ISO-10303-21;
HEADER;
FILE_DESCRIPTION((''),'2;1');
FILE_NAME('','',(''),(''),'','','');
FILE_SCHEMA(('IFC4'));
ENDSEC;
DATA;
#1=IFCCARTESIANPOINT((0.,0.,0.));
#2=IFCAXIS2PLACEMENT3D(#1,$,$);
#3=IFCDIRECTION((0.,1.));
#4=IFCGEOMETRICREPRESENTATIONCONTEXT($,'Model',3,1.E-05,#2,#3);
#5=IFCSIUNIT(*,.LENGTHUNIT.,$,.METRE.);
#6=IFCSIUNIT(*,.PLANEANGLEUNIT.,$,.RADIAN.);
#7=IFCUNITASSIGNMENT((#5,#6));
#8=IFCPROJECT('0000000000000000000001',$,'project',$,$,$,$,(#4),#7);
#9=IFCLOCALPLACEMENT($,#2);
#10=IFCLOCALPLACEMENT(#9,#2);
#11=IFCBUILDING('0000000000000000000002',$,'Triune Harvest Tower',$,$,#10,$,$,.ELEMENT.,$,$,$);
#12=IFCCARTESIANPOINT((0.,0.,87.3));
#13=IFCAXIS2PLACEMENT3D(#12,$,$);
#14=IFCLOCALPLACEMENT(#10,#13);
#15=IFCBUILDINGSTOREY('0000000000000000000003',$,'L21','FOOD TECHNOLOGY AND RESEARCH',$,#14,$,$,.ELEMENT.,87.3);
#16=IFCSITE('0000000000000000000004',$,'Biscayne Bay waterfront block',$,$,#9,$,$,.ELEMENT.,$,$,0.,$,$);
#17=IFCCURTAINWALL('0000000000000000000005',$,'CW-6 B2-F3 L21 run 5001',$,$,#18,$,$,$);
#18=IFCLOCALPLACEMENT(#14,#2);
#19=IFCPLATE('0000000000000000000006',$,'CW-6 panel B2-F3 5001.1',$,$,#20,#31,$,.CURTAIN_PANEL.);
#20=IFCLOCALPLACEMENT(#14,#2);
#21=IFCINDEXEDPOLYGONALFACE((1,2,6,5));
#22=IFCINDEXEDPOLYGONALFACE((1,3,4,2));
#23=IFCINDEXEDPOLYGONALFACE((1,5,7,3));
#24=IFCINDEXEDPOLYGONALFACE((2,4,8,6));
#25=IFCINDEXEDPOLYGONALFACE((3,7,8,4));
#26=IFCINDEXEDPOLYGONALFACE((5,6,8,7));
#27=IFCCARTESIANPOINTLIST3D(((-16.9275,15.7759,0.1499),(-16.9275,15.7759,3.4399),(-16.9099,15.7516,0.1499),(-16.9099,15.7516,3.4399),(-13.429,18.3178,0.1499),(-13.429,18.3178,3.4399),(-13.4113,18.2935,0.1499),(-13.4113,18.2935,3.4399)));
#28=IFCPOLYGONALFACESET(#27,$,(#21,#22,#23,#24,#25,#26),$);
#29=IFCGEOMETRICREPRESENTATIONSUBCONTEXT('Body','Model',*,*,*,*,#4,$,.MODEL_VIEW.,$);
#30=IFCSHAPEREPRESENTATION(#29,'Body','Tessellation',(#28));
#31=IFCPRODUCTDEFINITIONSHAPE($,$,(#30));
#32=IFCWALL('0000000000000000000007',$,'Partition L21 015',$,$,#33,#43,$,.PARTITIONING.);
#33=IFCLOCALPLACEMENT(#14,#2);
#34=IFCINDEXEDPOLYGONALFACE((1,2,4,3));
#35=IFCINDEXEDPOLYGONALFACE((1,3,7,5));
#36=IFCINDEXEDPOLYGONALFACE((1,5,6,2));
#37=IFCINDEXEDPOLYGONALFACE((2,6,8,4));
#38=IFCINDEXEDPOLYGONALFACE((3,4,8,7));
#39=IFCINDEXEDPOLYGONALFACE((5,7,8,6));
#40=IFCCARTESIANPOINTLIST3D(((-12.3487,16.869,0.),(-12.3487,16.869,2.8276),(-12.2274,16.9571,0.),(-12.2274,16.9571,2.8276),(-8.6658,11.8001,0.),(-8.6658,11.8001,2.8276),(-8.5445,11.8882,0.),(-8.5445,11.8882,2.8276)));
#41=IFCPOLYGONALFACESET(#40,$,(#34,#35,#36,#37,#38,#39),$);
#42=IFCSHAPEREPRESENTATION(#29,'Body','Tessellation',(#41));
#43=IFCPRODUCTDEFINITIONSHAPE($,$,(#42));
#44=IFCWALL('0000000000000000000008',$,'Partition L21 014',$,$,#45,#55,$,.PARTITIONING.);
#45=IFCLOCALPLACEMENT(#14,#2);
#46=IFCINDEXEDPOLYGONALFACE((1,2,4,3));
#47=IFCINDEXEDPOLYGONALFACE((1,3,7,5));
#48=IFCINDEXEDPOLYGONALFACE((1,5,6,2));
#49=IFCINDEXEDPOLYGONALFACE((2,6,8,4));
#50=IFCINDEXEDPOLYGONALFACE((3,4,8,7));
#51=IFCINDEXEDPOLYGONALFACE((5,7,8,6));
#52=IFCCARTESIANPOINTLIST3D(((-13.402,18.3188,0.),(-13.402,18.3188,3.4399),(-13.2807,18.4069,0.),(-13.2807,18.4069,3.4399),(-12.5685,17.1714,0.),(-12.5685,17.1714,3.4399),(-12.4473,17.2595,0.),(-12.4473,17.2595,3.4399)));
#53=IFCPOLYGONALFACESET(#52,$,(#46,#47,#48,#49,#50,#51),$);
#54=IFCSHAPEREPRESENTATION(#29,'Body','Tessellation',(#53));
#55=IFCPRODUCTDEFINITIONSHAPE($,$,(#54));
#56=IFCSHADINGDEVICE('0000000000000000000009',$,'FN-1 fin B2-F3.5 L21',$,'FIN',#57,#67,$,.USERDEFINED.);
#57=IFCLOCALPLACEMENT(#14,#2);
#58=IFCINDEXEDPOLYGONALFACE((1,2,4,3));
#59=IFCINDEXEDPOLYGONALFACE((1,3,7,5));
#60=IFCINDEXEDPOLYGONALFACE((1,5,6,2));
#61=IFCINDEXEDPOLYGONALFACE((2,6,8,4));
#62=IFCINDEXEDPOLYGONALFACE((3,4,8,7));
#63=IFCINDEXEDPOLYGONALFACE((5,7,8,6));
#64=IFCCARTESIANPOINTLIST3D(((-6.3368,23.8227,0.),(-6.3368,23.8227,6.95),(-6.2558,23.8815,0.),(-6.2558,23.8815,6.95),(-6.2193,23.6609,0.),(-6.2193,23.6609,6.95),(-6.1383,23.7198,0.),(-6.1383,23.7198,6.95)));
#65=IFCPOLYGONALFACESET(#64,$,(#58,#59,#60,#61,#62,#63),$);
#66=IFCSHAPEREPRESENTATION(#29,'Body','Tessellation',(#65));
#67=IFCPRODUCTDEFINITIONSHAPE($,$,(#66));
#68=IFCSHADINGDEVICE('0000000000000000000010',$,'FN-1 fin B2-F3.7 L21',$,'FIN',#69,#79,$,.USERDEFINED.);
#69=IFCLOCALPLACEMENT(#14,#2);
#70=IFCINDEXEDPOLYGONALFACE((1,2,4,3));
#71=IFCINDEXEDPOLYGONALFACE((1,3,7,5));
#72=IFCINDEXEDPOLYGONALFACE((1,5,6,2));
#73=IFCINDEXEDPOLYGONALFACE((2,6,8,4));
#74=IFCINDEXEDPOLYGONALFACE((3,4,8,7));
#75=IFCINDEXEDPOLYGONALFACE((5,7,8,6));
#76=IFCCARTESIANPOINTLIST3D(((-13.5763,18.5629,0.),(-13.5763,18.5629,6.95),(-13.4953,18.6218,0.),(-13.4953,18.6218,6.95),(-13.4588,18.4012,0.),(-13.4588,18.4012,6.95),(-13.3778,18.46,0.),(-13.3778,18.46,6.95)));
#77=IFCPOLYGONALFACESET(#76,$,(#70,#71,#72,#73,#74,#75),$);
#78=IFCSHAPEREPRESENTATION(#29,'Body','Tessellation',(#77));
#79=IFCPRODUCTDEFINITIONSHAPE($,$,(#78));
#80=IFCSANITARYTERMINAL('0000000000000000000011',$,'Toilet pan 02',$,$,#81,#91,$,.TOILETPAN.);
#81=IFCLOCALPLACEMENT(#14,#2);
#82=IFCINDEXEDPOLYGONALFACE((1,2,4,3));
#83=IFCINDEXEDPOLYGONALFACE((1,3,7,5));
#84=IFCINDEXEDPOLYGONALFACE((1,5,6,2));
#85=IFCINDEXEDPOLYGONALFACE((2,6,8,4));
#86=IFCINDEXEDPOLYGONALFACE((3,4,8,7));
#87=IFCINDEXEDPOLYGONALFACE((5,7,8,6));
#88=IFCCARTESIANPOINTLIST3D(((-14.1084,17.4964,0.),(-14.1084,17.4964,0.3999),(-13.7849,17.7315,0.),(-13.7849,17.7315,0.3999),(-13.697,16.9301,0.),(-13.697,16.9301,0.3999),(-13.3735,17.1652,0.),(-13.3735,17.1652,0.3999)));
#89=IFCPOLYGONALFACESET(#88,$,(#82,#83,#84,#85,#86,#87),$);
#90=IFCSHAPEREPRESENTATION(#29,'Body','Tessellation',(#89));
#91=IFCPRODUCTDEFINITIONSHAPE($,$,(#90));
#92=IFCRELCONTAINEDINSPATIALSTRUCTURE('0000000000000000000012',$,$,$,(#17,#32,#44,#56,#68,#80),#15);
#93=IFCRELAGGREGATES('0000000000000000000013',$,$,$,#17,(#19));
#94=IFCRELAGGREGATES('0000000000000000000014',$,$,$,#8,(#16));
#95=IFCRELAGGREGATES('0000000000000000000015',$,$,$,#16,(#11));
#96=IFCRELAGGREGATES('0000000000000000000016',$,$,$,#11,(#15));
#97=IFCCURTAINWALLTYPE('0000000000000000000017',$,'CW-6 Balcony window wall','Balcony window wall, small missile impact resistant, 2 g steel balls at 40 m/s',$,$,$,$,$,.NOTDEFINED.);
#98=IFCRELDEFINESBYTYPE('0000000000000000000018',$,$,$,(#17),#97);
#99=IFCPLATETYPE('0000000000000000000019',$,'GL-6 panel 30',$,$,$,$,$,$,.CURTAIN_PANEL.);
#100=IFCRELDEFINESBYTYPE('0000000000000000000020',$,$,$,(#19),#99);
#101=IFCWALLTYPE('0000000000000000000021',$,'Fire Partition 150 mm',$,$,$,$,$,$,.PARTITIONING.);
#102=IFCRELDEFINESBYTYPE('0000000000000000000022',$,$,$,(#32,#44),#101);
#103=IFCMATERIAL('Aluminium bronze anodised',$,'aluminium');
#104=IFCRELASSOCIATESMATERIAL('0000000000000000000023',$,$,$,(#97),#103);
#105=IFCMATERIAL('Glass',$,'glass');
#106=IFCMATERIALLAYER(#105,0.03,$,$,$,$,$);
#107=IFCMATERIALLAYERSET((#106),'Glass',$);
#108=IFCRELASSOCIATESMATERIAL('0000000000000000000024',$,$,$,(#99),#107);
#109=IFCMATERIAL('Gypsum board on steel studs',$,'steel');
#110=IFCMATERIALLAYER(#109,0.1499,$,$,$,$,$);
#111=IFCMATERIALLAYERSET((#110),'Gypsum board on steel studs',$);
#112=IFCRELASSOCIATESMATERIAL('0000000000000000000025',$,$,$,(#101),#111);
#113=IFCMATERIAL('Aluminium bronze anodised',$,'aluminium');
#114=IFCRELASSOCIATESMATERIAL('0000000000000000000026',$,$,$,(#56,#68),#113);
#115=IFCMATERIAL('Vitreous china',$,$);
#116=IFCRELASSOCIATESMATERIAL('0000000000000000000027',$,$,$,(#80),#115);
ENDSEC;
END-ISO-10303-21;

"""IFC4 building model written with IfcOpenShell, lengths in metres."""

from ifc_helpers import new_model, si_unit, direction, frame, frame_2d, origin, origin_2d, place, context, subcontext, project, spatial, rectangle, extrude, source, transform, mapped, material, layer, layer_set, type_object, element, aggregate, save


model = new_model("IFC4")

# Units and contexts
model_context = context("Model", 3, precision=1e-05, world=origin(), true_north=direction((0.0, 1.0)))
body_context = subcontext(model_context, "Body", "Model", "MODEL_VIEW")
ifc_project = project(units=[si_unit("LENGTHUNIT", "METRE"), si_unit("PLANEANGLEUNIT", "RADIAN")], contexts=[model_context])

# Site, building, storey
site_placement = place(None, origin())
site = spatial("IfcSite", under=ifc_project, at=site_placement, Name="Biscayne Bay waterfront block", CompositionType="ELEMENT", RefElevation=0.0)
building_placement = place(site_placement, origin())
building = spatial("IfcBuilding", under=site, at=building_placement, Name="Triune Harvest Tower", CompositionType="ELEMENT")
storey_placement = place(building_placement, frame((0.0, 0.0, 87.3)))
storey = spatial("IfcBuildingStorey", under=building, at=storey_placement, Name="L21", Description="FOOD TECHNOLOGY AND RESEARCH", CompositionType="ELEMENT", Elevation=87.3)

# Shared definitions
ifc_material_1 = material(Name="Aluminium bronze anodised", Category="aluminium")
curtain_wall_type_1 = type_object("IfcCurtainWallType", Name="CW-6 Balcony window wall", Description="Balcony window wall, small missile impact resistant, 2 g steel balls at 40 m/s", PredefinedType="NOTDEFINED", material=ifc_material_1)

# Curtain wall
curtain_wall_1_placement = place(storey_placement, origin())
curtain_wall_1 = element("IfcCurtainWall", 1, at=curtain_wall_1_placement, inside=storey, type_object=curtain_wall_type_1, Name="CW-6 B2-F3 L21 run 5001")

# Plate
ifc_material_2 = material(Name="Glass", Category="glass")
ifc_layer_1 = layer(ifc_material_2, 0.03)
ifc_layer_set_1 = layer_set([ifc_layer_1], Name="Glass")
plate_type_1 = type_object("IfcPlateType", Name="GL-6 panel 30", PredefinedType="CURTAIN_PANEL", material=ifc_layer_set_1)
shared_shape_1 = source(origin(), body_context, "Body", "SweptSolid", [
    extrude(rectangle(XDim=4.3245, YDim=0.03, at=origin_2d()), origin(), (0.0, 0.0, 1.0), 3.29),
])
plate_1_placement = place(storey_placement, frame((-15.1694, 17.0347, 0.1499), z_axis=(0.0, 0.0, 1.0), x_axis=(-0.80901, -0.587794, 0.0)))
plate_1 = element("IfcPlate", 2, at=plate_1_placement, type_object=plate_type_1, Name="CW-6 panel B2-F3 5001.1", PredefinedType="CURTAIN_PANEL", context=body_context, shape_type="MappedRepresentation", body=[
    mapped(shared_shape_1, transform((0.0, 0.0, 0.0), scale=1.0)),
])
aggregate(curtain_wall_1, [plate_1])

# Walls
ifc_material_3 = material(Name="Gypsum board on steel studs", Category="steel")
ifc_layer_2 = layer(ifc_material_3, 0.1499)
ifc_layer_set_2 = layer_set([ifc_layer_2], Name="Gypsum board on steel studs")
wall_type = type_object("IfcWallType", Name="Fire Partition 150 mm", PredefinedType="PARTITIONING", material=ifc_layer_set_2)
wall_1_placement = place(storey_placement, frame((-12.2881, 16.9131, 0.0), z_axis=(0.0, 0.0, 1.0), x_axis=(0.587799, -0.809007, 0.0)))
element("IfcWall", 3, at=wall_1_placement, inside=storey, type_object=wall_type, Name="Partition L21 015", PredefinedType="PARTITIONING", context=body_context, shape_type="SweptSolid", body=[
    extrude(rectangle(XDim=6.2656, YDim=0.1499, at=frame_2d((3.1328, 0.0))), origin(), (0.0, 0.0, 1.0), 2.8276),
])
shared_shape_2 = source(origin(), body_context, "Body", "SweptSolid", [
    extrude(rectangle(XDim=1.4182, YDim=0.1499, at=frame_2d((0.709, 0.0))), origin(), (0.0, 0.0, 1.0), 3.4399),
])
wall_2_placement = place(storey_placement, frame((-13.3413, 18.3628, 0.0), z_axis=(0.0, 0.0, 1.0), x_axis=(0.587701, -0.809078, 0.0)))
element("IfcWall", 4, at=wall_2_placement, inside=storey, type_object=wall_type, Name="Partition L21 014", PredefinedType="PARTITIONING", context=body_context, shape_type="MappedRepresentation", body=[
    mapped(shared_shape_2, transform((0.0, 0.0, 0.0), scale=1.0)),
])

# Shading devices
ifc_material_4 = material(Name="Aluminium bronze anodised", Category="aluminium")
shared_shape_3 = source(origin(), body_context, "Body", "SweptSolid", [
    extrude(rectangle(XDim=0.1001, YDim=0.2, at=origin_2d()), origin(), (0.0, 0.0, 1.0), 6.95),
])
for number, where, z_axis, x_axis, name in (
    (5, (-6.2375, 23.7712, 0.0), (0.0, 0.0, 1.0), (-0.809017, -0.587785, 0.0), "FN-1 fin B2-F3.5 L21"),
    (6, (-13.4771, 18.5115, 0.0), (0.0, 0.0, 1.0), (-0.809017, -0.587785, 0.0), "FN-1 fin B2-F3.7 L21"),
):
    element("IfcShadingDevice", number, at=place(storey_placement, frame(where, z_axis=z_axis, x_axis=x_axis)), inside=storey, material=ifc_material_4, Name=name, ObjectType="FIN", PredefinedType="USERDEFINED", context=body_context, shape_type="MappedRepresentation", body=[
        mapped(shared_shape_3, transform((0.0, 0.0, 0.0), scale=1.0)),
    ])

# Sanitary terminal
ifc_material_5 = material(Name="Vitreous china")
shared_shape_4 = source(origin(), body_context, "Body", "SweptSolid", [
    extrude(rectangle(XDim=0.3999, YDim=0.7, at=origin_2d()), origin(), (0.0, 0.0, 1.0), 0.3999),
])
sanitary_terminal_placement = place(storey_placement, frame((-13.741, 17.3308, 0.0), z_axis=(0.0, 0.0, 1.0), x_axis=(0.809007, 0.587799, 0.0)))
element("IfcSanitaryTerminal", 7, at=sanitary_terminal_placement, inside=storey, material=ifc_material_5, Name="Toilet pan 02", PredefinedType="TOILETPAN", context=body_context, shape_type="MappedRepresentation", body=[
    mapped(shared_shape_4, transform((0.0, 0.0, 0.0), scale=1.0)),
])

save(model, "model.ifc")
